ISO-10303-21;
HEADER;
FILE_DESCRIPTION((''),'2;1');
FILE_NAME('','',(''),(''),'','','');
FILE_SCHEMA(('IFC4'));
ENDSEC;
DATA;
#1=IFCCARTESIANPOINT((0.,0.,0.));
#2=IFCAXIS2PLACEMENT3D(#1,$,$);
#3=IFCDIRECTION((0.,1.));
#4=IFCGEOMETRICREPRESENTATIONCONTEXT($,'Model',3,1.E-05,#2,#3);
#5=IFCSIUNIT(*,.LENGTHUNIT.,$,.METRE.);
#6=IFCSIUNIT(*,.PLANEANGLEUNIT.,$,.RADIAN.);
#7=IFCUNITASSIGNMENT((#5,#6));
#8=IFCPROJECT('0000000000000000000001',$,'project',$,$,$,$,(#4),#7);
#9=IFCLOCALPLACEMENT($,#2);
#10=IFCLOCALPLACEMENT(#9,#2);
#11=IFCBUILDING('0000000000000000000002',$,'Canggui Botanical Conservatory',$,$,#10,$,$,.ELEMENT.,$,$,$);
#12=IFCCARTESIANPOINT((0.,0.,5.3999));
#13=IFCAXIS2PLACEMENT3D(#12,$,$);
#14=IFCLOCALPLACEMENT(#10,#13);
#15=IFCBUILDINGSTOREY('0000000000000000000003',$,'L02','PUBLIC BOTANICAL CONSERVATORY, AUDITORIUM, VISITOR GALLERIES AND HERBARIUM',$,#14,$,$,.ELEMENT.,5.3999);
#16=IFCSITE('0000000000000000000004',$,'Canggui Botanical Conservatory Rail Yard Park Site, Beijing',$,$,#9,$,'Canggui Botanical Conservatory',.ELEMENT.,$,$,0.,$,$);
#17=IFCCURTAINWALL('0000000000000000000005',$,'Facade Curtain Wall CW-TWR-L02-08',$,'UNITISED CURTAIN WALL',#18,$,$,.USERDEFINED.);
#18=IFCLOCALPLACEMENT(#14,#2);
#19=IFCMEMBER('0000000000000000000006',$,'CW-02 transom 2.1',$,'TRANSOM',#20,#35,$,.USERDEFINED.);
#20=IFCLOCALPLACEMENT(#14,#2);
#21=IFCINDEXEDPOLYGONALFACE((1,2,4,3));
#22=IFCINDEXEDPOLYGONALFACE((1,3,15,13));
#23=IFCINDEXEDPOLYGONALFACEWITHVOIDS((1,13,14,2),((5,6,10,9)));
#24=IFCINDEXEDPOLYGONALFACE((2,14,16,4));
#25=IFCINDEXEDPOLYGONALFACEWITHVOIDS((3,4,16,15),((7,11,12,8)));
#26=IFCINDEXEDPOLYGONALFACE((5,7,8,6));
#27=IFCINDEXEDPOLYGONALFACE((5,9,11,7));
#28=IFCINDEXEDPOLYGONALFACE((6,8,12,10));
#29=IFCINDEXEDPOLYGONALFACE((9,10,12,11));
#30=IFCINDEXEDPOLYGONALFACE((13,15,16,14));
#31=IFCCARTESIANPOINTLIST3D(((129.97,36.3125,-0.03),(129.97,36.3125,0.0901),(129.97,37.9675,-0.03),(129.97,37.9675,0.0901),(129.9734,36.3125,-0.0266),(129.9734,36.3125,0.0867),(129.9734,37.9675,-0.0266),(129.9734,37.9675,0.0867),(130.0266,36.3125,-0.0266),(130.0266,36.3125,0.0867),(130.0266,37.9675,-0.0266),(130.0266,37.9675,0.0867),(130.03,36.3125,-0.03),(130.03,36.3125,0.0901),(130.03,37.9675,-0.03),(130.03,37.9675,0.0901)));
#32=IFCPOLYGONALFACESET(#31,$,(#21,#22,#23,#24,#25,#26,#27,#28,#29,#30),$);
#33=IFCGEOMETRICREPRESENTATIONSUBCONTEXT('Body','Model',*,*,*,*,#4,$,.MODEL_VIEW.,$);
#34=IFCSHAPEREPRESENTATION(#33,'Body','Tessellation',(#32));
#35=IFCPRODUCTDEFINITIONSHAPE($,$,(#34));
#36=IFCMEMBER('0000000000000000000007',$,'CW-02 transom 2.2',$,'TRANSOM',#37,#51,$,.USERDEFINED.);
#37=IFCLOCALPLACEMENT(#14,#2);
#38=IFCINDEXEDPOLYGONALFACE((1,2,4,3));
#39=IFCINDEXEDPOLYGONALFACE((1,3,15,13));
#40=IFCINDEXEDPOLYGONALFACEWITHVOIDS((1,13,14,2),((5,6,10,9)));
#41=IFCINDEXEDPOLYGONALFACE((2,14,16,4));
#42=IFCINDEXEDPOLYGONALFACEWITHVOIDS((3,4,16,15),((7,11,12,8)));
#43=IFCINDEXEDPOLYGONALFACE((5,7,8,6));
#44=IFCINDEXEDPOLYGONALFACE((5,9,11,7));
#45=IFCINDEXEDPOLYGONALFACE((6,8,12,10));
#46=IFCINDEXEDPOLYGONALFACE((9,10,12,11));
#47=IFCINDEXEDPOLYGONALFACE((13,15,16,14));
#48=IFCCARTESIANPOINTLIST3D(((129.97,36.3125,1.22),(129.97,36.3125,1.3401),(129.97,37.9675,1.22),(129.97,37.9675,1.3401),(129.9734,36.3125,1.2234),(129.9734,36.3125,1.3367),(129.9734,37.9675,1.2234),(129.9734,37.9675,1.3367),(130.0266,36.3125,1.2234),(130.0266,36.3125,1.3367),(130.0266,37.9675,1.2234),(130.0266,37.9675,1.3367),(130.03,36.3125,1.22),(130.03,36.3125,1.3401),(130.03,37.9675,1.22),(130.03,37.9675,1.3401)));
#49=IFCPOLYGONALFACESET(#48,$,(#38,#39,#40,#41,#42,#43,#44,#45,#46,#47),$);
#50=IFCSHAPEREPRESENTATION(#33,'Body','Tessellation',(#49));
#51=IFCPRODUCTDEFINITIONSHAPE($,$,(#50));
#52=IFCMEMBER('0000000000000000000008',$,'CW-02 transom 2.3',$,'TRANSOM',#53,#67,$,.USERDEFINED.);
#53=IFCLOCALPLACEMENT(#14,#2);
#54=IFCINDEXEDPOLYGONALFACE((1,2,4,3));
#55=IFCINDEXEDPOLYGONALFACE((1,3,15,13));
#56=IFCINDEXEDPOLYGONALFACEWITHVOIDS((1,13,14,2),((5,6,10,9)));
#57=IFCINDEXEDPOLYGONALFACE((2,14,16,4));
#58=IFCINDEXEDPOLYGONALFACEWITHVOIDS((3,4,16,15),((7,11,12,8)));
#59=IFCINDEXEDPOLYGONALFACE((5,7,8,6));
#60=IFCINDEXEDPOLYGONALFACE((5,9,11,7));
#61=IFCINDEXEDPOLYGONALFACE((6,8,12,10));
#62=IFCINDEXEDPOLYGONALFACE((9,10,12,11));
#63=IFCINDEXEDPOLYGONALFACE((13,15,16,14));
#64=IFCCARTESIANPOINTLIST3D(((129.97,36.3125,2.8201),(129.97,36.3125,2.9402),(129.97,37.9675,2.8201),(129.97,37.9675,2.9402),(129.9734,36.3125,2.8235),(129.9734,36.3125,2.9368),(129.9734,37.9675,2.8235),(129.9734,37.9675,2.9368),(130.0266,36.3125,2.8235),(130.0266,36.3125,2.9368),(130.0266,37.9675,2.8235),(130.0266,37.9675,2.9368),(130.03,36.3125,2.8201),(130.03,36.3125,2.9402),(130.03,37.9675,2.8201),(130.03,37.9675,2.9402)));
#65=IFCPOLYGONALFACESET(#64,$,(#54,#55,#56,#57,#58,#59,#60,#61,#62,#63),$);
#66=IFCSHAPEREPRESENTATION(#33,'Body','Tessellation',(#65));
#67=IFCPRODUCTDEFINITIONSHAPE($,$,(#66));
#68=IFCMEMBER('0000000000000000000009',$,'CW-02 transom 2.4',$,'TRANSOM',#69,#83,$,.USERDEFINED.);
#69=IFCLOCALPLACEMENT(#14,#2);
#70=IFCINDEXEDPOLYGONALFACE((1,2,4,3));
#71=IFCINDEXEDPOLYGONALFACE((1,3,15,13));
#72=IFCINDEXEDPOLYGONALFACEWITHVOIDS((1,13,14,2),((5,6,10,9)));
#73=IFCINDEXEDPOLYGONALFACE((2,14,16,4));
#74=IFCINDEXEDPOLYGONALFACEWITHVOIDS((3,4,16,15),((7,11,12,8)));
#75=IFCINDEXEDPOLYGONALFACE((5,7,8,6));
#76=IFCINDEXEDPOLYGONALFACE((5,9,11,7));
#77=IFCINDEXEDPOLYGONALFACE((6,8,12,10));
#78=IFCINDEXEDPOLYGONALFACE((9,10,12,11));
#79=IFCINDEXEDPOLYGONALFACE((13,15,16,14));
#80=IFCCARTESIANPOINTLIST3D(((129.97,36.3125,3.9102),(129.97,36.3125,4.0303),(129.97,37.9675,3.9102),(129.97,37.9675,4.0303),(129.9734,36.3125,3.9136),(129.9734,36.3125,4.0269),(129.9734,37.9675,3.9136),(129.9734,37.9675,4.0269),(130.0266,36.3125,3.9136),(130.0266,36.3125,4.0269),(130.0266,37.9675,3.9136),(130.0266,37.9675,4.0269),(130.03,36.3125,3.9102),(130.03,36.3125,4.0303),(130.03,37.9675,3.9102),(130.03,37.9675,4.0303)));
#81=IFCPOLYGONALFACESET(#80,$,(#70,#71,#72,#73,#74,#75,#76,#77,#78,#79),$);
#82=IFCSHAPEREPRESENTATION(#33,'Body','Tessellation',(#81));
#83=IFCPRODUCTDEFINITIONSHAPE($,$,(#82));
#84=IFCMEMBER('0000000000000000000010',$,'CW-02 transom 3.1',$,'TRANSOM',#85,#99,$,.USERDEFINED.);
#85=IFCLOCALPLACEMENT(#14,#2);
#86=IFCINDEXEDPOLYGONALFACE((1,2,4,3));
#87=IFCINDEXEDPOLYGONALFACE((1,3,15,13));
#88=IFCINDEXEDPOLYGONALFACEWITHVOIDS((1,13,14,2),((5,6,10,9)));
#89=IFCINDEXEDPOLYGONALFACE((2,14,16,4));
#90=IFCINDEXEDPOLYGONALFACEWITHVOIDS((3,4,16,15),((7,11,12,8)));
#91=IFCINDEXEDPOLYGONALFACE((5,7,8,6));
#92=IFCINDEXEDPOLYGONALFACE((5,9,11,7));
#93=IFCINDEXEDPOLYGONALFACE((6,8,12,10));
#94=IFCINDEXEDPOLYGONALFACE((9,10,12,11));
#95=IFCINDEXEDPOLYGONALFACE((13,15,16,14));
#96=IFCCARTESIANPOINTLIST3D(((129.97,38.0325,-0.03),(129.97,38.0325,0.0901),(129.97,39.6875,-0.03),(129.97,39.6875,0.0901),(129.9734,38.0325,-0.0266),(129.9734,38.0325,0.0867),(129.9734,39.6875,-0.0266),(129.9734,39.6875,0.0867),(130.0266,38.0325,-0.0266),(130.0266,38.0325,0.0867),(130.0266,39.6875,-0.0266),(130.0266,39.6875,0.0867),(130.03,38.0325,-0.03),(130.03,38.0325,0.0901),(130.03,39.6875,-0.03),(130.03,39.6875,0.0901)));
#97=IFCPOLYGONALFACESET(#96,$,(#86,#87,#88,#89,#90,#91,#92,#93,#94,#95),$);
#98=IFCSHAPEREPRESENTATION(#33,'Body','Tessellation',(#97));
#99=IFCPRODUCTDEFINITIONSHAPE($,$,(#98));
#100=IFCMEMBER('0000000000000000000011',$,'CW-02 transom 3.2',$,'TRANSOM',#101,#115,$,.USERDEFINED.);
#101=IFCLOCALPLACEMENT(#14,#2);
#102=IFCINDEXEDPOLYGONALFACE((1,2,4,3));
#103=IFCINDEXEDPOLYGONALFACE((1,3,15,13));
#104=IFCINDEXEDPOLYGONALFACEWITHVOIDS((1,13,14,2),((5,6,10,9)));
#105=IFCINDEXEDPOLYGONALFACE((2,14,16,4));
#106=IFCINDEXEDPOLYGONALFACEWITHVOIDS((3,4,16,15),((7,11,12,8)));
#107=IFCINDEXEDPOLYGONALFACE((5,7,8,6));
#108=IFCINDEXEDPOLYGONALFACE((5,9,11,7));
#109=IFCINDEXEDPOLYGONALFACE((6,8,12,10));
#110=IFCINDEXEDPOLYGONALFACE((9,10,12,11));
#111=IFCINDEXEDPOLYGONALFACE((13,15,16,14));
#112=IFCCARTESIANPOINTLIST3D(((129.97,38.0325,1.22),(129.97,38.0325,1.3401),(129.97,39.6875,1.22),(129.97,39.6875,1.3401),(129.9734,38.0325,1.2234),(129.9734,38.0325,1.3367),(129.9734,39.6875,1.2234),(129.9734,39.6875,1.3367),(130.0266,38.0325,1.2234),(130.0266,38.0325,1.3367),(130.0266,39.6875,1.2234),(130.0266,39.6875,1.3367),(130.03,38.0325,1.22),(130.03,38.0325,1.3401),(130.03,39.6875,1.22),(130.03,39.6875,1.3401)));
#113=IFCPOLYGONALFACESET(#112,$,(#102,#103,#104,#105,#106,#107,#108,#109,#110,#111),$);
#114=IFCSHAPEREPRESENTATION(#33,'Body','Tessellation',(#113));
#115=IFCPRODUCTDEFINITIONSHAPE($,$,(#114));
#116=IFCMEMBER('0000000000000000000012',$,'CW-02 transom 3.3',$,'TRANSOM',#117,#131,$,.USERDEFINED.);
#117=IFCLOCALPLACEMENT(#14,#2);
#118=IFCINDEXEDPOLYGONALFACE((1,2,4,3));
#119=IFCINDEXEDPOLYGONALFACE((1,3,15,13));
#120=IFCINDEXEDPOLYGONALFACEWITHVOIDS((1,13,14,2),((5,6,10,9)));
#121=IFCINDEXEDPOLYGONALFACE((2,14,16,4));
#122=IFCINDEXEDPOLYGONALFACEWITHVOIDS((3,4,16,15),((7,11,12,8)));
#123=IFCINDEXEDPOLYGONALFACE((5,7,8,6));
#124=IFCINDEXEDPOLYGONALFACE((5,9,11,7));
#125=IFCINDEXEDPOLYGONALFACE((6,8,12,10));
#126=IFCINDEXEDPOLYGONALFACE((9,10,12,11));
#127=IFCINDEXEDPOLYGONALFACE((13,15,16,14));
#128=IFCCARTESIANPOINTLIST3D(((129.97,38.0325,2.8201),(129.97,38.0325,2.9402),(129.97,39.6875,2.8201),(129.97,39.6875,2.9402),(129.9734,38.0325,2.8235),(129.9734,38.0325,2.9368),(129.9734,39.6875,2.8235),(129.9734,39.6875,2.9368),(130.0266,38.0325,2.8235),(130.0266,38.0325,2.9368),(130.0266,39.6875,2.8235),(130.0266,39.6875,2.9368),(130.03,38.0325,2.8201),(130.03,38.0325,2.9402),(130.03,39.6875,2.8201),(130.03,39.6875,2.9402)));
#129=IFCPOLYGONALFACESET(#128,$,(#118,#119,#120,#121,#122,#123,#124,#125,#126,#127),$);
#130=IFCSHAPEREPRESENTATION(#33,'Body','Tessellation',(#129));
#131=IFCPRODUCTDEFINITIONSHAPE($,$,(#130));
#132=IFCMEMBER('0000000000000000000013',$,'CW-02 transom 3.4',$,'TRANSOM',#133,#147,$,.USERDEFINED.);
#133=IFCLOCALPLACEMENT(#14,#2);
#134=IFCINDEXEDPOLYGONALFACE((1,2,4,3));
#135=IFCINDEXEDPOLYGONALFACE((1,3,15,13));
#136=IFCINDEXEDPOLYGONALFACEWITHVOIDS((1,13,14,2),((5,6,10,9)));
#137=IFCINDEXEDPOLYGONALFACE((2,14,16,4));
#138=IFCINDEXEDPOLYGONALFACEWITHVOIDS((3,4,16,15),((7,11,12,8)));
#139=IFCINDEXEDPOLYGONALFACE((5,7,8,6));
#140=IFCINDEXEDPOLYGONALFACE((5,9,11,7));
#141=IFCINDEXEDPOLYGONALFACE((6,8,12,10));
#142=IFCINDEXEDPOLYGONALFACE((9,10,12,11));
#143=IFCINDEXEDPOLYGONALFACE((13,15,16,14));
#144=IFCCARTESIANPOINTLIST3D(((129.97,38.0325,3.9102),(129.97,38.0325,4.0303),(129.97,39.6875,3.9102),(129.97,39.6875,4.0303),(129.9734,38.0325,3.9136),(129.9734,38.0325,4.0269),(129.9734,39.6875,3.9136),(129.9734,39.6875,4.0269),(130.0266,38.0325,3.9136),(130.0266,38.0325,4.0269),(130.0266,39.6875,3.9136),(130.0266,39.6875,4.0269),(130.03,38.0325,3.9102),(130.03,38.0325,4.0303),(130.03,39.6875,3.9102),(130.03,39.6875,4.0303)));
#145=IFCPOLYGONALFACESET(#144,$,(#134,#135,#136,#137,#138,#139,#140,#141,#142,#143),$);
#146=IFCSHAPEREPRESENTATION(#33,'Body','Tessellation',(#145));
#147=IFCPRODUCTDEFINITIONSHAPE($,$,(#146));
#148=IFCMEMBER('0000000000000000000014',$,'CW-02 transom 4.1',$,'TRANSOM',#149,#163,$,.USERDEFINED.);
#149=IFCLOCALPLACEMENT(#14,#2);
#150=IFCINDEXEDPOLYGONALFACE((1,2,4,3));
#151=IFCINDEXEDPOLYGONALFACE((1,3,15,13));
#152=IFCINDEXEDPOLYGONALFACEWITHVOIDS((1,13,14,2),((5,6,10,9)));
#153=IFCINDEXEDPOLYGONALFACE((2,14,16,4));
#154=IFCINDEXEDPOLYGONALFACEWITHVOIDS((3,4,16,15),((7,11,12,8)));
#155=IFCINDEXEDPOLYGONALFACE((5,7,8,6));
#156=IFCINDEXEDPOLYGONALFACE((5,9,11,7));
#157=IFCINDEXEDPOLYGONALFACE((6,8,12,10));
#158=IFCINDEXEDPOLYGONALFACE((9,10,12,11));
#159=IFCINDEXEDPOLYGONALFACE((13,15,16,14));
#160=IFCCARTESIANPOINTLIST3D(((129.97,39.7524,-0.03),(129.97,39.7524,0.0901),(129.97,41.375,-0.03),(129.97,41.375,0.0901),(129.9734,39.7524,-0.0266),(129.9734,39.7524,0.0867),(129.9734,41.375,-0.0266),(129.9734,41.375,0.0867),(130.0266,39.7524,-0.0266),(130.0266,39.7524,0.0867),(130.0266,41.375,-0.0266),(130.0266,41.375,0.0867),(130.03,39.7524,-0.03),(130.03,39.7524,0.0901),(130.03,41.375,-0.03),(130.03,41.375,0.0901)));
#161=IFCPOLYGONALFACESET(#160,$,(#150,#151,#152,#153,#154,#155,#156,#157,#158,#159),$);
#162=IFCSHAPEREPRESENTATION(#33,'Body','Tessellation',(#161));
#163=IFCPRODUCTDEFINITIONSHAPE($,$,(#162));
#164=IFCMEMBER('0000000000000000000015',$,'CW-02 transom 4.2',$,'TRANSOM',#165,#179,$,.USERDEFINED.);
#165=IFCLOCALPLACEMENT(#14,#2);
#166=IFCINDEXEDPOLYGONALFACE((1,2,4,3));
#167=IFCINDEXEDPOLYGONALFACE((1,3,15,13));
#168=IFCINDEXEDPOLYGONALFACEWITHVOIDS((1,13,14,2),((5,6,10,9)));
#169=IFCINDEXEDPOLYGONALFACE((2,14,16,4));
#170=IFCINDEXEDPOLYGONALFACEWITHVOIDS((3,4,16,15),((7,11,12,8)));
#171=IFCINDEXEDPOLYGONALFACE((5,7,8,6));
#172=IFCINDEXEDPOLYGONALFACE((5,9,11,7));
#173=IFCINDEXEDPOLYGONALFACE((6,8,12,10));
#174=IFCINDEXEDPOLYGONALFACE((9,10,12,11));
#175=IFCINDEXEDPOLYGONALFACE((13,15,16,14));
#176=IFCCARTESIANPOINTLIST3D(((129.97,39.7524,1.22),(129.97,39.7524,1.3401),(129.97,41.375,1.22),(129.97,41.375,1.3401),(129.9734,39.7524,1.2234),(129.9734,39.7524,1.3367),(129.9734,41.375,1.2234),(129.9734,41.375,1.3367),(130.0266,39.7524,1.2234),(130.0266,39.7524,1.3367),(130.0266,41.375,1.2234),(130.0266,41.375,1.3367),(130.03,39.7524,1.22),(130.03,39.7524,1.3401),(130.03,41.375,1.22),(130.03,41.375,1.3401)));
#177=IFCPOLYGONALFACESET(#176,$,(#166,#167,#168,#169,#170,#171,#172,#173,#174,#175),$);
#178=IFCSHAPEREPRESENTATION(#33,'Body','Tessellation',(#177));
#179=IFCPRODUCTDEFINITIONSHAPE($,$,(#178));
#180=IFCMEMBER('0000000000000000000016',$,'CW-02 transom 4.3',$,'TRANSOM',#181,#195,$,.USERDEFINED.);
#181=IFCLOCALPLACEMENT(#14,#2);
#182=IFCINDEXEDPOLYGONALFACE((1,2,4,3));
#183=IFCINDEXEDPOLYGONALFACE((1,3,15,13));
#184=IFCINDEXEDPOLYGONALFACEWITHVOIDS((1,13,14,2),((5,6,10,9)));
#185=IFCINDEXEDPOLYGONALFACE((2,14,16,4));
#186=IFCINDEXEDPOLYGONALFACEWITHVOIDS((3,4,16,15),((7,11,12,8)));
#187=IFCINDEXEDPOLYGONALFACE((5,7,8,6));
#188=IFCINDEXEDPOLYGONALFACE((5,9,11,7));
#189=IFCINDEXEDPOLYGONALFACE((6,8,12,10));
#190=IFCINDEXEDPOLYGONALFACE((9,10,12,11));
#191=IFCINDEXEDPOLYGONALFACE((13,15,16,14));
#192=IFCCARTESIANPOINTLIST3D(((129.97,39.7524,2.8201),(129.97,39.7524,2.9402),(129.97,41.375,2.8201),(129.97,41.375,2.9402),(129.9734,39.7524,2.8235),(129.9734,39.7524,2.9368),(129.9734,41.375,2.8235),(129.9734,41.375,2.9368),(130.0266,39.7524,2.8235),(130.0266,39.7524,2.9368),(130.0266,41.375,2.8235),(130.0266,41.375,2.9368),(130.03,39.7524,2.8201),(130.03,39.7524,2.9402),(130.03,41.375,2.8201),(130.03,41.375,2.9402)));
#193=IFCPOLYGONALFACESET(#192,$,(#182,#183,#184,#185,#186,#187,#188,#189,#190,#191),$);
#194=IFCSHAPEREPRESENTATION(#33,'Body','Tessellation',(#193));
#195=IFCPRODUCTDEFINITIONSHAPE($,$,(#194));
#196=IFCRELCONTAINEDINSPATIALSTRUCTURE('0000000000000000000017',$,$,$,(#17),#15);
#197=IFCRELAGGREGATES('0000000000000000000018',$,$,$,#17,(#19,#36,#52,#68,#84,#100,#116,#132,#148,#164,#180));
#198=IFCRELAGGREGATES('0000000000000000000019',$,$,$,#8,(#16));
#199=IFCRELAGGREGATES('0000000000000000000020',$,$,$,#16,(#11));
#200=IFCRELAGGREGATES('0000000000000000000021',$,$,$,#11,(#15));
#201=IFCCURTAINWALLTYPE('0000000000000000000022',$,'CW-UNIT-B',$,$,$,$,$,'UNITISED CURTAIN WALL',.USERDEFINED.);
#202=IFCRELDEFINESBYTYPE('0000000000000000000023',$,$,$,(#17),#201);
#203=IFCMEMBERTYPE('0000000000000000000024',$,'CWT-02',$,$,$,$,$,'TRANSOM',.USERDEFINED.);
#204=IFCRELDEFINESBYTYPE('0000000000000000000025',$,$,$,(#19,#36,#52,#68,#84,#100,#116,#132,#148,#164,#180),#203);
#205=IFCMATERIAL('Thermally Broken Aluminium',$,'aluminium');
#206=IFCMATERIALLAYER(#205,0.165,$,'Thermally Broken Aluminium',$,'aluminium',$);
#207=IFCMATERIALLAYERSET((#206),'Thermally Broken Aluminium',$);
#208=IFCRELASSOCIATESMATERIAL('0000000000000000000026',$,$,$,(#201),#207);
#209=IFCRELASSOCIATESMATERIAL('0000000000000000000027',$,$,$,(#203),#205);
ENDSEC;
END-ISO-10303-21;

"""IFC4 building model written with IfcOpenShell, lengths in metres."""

from ifc_helpers import new_model, si_unit, direction, frame, origin, origin_2d, place, context, subcontext, project, spatial, hollow_rectangle, extrude, material, layer, layer_set, material_profile, profile_set, type_object, element, aggregate, save


model = new_model("IFC4")

# Units and contexts
model_context = context("Model", 3, precision=1e-05, world=origin(), true_north=direction((0.0, 1.0)))
body_context = subcontext(model_context, "Body", "Model", "MODEL_VIEW")
ifc_project = project(units=[si_unit("LENGTHUNIT", "METRE"), si_unit("PLANEANGLEUNIT", "RADIAN")], contexts=[model_context])

# Site, building, storey
site_placement = place(None, origin())
site = spatial("IfcSite", under=ifc_project, at=site_placement, Name="Canggui Botanical Conservatory Rail Yard Park Site, Beijing", LongName="Canggui Botanical Conservatory", CompositionType="ELEMENT", RefElevation=0.0)
building_placement = place(site_placement, origin())
building = spatial("IfcBuilding", under=site, at=building_placement, Name="Canggui Botanical Conservatory", CompositionType="ELEMENT")
storey_placement = place(building_placement, frame((0.0, 0.0, 5.3999)))
storey = spatial("IfcBuildingStorey", under=building, at=storey_placement, Name="L02", Description="PUBLIC BOTANICAL CONSERVATORY, AUDITORIUM, VISITOR GALLERIES AND HERBARIUM", CompositionType="ELEMENT", Elevation=5.3999)

# Curtain wall, members
ifc_material_1 = material(Name="Thermally Broken Aluminium", Category="aluminium")
ifc_layer_1 = layer(ifc_material_1, 0.165, Name="Thermally Broken Aluminium", Category="aluminium")
ifc_layer_set_1 = layer_set([ifc_layer_1], Name="Thermally Broken Aluminium")
curtain_wall_type = type_object("IfcCurtainWallType", Name="CW-UNIT-B", ElementType="UNITISED CURTAIN WALL", PredefinedType="USERDEFINED", material=ifc_layer_set_1)
curtain_wall_placement = place(storey_placement, origin())
curtain_wall = element("IfcCurtainWall", 1, at=curtain_wall_placement, inside=storey, type_object=curtain_wall_type, Name="Facade Curtain Wall CW-TWR-L02-08", ObjectType="UNITISED CURTAIN WALL", PredefinedType="USERDEFINED")
ifc_material_profile_1 = material_profile(ifc_material_1, hollow_rectangle(XDim=0.0601, YDim=0.1201, WallThickness=0.0034, at=origin_2d()), Name="CWT 60x120x3.5")
ifc_profile_set_1 = profile_set([ifc_material_profile_1], Name="Thermally Broken Aluminium")
member_type_1 = type_object("IfcMemberType", Name="CWT-02", ElementType="TRANSOM", PredefinedType="USERDEFINED", material=ifc_profile_set_1)
member_1_placement = place(storey_placement, frame((130.0, 36.3125, 0.03), z_axis=(0.0, 1.0, 0.0), x_axis=(-1.0, 0.0, 0.0)))
member_1 = element("IfcMember", 2, at=member_1_placement, type_object=member_type_1, Name="CW-02 transom 2.1", ObjectType="TRANSOM", PredefinedType="USERDEFINED", context=body_context, shape_type="SweptSolid", body=[
    extrude(hollow_rectangle(XDim=0.0601, YDim=0.1201, WallThickness=0.0034, at=origin_2d()), origin(), (0.0, 0.0, 1.0), 1.655),
])
member_2_placement = place(storey_placement, frame((130.0, 36.3125, 1.28), z_axis=(0.0, 1.0, 0.0), x_axis=(-1.0, 0.0, 0.0)))
member_2 = element("IfcMember", 3, at=member_2_placement, type_object=member_type_1, Name="CW-02 transom 2.2", ObjectType="TRANSOM", PredefinedType="USERDEFINED", context=body_context, shape_type="SweptSolid", body=[
    extrude(hollow_rectangle(XDim=0.0601, YDim=0.1201, WallThickness=0.0034, at=origin_2d()), origin(), (0.0, 0.0, 1.0), 1.655),
])
member_3_placement = place(storey_placement, frame((130.0, 36.3125, 2.8801), z_axis=(0.0, 1.0, 0.0), x_axis=(-1.0, 0.0, 0.0)))
member_3 = element("IfcMember", 4, at=member_3_placement, type_object=member_type_1, Name="CW-02 transom 2.3", ObjectType="TRANSOM", PredefinedType="USERDEFINED", context=body_context, shape_type="SweptSolid", body=[
    extrude(hollow_rectangle(XDim=0.0601, YDim=0.1201, WallThickness=0.0034, at=origin_2d()), origin(), (0.0, 0.0, 1.0), 1.655),
])
member_4_placement = place(storey_placement, frame((130.0, 36.3125, 3.9702), z_axis=(0.0, 1.0, 0.0), x_axis=(-1.0, 0.0, 0.0)))
member_4 = element("IfcMember", 5, at=member_4_placement, type_object=member_type_1, Name="CW-02 transom 2.4", ObjectType="TRANSOM", PredefinedType="USERDEFINED", context=body_context, shape_type="SweptSolid", body=[
    extrude(hollow_rectangle(XDim=0.0601, YDim=0.1201, WallThickness=0.0034, at=origin_2d()), origin(), (0.0, 0.0, 1.0), 1.655),
])
member_5_placement = place(storey_placement, frame((130.0, 38.0325, 0.03), z_axis=(0.0, 1.0, 0.0), x_axis=(-1.0, 0.0, 0.0)))
member_5 = element("IfcMember", 6, at=member_5_placement, type_object=member_type_1, Name="CW-02 transom 3.1", ObjectType="TRANSOM", PredefinedType="USERDEFINED", context=body_context, shape_type="SweptSolid", body=[
    extrude(hollow_rectangle(XDim=0.0601, YDim=0.1201, WallThickness=0.0034, at=origin_2d()), origin(), (0.0, 0.0, 1.0), 1.655),
])
member_6_placement = place(storey_placement, frame((130.0, 38.0325, 1.28), z_axis=(0.0, 1.0, 0.0), x_axis=(-1.0, 0.0, 0.0)))
member_6 = element("IfcMember", 7, at=member_6_placement, type_object=member_type_1, Name="CW-02 transom 3.2", ObjectType="TRANSOM", PredefinedType="USERDEFINED", context=body_context, shape_type="SweptSolid", body=[
    extrude(hollow_rectangle(XDim=0.0601, YDim=0.1201, WallThickness=0.0034, at=origin_2d()), origin(), (0.0, 0.0, 1.0), 1.655),
])
member_7_placement = place(storey_placement, frame((130.0, 38.0325, 2.8801), z_axis=(0.0, 1.0, 0.0), x_axis=(-1.0, 0.0, 0.0)))
member_7 = element("IfcMember", 8, at=member_7_placement, type_object=member_type_1, Name="CW-02 transom 3.3", ObjectType="TRANSOM", PredefinedType="USERDEFINED", context=body_context, shape_type="SweptSolid", body=[
    extrude(hollow_rectangle(XDim=0.0601, YDim=0.1201, WallThickness=0.0034, at=origin_2d()), origin(), (0.0, 0.0, 1.0), 1.655),
])
member_8_placement = place(storey_placement, frame((130.0, 38.0325, 3.9702), z_axis=(0.0, 1.0, 0.0), x_axis=(-1.0, 0.0, 0.0)))
member_8 = element("IfcMember", 9, at=member_8_placement, type_object=member_type_1, Name="CW-02 transom 3.4", ObjectType="TRANSOM", PredefinedType="USERDEFINED", context=body_context, shape_type="SweptSolid", body=[
    extrude(hollow_rectangle(XDim=0.0601, YDim=0.1201, WallThickness=0.0034, at=origin_2d()), origin(), (0.0, 0.0, 1.0), 1.655),
])
member_9_placement = place(storey_placement, frame((130.0, 39.7524, 0.03), z_axis=(0.0, 1.0, 0.0), x_axis=(-1.0, 0.0, 0.0)))
member_9 = element("IfcMember", 10, at=member_9_placement, type_object=member_type_1, Name="CW-02 transom 4.1", ObjectType="TRANSOM", PredefinedType="USERDEFINED", context=body_context, shape_type="SweptSolid", body=[
    extrude(hollow_rectangle(XDim=0.0601, YDim=0.1201, WallThickness=0.0034, at=origin_2d()), origin(), (0.0, 0.0, 1.0), 1.6226),
])
member_10_placement = place(storey_placement, frame((130.0, 39.7524, 1.28), z_axis=(0.0, 1.0, 0.0), x_axis=(-1.0, 0.0, 0.0)))
member_10 = element("IfcMember", 11, at=member_10_placement, type_object=member_type_1, Name="CW-02 transom 4.2", ObjectType="TRANSOM", PredefinedType="USERDEFINED", context=body_context, shape_type="SweptSolid", body=[
    extrude(hollow_rectangle(XDim=0.0601, YDim=0.1201, WallThickness=0.0034, at=origin_2d()), origin(), (0.0, 0.0, 1.0), 1.6226),
])
member_11_placement = place(storey_placement, frame((130.0, 39.7524, 2.8801), z_axis=(0.0, 1.0, 0.0), x_axis=(-1.0, 0.0, 0.0)))
member_11 = element("IfcMember", 12, at=member_11_placement, type_object=member_type_1, Name="CW-02 transom 4.3", ObjectType="TRANSOM", PredefinedType="USERDEFINED", context=body_context, shape_type="SweptSolid", body=[
    extrude(hollow_rectangle(XDim=0.0601, YDim=0.1201, WallThickness=0.0034, at=origin_2d()), origin(), (0.0, 0.0, 1.0), 1.6226),
])
aggregate(curtain_wall, [member_1, member_2, member_3, member_4, member_5, member_6, member_7, member_8, member_9, member_10, member_11])

save(model, "model.ifc")
